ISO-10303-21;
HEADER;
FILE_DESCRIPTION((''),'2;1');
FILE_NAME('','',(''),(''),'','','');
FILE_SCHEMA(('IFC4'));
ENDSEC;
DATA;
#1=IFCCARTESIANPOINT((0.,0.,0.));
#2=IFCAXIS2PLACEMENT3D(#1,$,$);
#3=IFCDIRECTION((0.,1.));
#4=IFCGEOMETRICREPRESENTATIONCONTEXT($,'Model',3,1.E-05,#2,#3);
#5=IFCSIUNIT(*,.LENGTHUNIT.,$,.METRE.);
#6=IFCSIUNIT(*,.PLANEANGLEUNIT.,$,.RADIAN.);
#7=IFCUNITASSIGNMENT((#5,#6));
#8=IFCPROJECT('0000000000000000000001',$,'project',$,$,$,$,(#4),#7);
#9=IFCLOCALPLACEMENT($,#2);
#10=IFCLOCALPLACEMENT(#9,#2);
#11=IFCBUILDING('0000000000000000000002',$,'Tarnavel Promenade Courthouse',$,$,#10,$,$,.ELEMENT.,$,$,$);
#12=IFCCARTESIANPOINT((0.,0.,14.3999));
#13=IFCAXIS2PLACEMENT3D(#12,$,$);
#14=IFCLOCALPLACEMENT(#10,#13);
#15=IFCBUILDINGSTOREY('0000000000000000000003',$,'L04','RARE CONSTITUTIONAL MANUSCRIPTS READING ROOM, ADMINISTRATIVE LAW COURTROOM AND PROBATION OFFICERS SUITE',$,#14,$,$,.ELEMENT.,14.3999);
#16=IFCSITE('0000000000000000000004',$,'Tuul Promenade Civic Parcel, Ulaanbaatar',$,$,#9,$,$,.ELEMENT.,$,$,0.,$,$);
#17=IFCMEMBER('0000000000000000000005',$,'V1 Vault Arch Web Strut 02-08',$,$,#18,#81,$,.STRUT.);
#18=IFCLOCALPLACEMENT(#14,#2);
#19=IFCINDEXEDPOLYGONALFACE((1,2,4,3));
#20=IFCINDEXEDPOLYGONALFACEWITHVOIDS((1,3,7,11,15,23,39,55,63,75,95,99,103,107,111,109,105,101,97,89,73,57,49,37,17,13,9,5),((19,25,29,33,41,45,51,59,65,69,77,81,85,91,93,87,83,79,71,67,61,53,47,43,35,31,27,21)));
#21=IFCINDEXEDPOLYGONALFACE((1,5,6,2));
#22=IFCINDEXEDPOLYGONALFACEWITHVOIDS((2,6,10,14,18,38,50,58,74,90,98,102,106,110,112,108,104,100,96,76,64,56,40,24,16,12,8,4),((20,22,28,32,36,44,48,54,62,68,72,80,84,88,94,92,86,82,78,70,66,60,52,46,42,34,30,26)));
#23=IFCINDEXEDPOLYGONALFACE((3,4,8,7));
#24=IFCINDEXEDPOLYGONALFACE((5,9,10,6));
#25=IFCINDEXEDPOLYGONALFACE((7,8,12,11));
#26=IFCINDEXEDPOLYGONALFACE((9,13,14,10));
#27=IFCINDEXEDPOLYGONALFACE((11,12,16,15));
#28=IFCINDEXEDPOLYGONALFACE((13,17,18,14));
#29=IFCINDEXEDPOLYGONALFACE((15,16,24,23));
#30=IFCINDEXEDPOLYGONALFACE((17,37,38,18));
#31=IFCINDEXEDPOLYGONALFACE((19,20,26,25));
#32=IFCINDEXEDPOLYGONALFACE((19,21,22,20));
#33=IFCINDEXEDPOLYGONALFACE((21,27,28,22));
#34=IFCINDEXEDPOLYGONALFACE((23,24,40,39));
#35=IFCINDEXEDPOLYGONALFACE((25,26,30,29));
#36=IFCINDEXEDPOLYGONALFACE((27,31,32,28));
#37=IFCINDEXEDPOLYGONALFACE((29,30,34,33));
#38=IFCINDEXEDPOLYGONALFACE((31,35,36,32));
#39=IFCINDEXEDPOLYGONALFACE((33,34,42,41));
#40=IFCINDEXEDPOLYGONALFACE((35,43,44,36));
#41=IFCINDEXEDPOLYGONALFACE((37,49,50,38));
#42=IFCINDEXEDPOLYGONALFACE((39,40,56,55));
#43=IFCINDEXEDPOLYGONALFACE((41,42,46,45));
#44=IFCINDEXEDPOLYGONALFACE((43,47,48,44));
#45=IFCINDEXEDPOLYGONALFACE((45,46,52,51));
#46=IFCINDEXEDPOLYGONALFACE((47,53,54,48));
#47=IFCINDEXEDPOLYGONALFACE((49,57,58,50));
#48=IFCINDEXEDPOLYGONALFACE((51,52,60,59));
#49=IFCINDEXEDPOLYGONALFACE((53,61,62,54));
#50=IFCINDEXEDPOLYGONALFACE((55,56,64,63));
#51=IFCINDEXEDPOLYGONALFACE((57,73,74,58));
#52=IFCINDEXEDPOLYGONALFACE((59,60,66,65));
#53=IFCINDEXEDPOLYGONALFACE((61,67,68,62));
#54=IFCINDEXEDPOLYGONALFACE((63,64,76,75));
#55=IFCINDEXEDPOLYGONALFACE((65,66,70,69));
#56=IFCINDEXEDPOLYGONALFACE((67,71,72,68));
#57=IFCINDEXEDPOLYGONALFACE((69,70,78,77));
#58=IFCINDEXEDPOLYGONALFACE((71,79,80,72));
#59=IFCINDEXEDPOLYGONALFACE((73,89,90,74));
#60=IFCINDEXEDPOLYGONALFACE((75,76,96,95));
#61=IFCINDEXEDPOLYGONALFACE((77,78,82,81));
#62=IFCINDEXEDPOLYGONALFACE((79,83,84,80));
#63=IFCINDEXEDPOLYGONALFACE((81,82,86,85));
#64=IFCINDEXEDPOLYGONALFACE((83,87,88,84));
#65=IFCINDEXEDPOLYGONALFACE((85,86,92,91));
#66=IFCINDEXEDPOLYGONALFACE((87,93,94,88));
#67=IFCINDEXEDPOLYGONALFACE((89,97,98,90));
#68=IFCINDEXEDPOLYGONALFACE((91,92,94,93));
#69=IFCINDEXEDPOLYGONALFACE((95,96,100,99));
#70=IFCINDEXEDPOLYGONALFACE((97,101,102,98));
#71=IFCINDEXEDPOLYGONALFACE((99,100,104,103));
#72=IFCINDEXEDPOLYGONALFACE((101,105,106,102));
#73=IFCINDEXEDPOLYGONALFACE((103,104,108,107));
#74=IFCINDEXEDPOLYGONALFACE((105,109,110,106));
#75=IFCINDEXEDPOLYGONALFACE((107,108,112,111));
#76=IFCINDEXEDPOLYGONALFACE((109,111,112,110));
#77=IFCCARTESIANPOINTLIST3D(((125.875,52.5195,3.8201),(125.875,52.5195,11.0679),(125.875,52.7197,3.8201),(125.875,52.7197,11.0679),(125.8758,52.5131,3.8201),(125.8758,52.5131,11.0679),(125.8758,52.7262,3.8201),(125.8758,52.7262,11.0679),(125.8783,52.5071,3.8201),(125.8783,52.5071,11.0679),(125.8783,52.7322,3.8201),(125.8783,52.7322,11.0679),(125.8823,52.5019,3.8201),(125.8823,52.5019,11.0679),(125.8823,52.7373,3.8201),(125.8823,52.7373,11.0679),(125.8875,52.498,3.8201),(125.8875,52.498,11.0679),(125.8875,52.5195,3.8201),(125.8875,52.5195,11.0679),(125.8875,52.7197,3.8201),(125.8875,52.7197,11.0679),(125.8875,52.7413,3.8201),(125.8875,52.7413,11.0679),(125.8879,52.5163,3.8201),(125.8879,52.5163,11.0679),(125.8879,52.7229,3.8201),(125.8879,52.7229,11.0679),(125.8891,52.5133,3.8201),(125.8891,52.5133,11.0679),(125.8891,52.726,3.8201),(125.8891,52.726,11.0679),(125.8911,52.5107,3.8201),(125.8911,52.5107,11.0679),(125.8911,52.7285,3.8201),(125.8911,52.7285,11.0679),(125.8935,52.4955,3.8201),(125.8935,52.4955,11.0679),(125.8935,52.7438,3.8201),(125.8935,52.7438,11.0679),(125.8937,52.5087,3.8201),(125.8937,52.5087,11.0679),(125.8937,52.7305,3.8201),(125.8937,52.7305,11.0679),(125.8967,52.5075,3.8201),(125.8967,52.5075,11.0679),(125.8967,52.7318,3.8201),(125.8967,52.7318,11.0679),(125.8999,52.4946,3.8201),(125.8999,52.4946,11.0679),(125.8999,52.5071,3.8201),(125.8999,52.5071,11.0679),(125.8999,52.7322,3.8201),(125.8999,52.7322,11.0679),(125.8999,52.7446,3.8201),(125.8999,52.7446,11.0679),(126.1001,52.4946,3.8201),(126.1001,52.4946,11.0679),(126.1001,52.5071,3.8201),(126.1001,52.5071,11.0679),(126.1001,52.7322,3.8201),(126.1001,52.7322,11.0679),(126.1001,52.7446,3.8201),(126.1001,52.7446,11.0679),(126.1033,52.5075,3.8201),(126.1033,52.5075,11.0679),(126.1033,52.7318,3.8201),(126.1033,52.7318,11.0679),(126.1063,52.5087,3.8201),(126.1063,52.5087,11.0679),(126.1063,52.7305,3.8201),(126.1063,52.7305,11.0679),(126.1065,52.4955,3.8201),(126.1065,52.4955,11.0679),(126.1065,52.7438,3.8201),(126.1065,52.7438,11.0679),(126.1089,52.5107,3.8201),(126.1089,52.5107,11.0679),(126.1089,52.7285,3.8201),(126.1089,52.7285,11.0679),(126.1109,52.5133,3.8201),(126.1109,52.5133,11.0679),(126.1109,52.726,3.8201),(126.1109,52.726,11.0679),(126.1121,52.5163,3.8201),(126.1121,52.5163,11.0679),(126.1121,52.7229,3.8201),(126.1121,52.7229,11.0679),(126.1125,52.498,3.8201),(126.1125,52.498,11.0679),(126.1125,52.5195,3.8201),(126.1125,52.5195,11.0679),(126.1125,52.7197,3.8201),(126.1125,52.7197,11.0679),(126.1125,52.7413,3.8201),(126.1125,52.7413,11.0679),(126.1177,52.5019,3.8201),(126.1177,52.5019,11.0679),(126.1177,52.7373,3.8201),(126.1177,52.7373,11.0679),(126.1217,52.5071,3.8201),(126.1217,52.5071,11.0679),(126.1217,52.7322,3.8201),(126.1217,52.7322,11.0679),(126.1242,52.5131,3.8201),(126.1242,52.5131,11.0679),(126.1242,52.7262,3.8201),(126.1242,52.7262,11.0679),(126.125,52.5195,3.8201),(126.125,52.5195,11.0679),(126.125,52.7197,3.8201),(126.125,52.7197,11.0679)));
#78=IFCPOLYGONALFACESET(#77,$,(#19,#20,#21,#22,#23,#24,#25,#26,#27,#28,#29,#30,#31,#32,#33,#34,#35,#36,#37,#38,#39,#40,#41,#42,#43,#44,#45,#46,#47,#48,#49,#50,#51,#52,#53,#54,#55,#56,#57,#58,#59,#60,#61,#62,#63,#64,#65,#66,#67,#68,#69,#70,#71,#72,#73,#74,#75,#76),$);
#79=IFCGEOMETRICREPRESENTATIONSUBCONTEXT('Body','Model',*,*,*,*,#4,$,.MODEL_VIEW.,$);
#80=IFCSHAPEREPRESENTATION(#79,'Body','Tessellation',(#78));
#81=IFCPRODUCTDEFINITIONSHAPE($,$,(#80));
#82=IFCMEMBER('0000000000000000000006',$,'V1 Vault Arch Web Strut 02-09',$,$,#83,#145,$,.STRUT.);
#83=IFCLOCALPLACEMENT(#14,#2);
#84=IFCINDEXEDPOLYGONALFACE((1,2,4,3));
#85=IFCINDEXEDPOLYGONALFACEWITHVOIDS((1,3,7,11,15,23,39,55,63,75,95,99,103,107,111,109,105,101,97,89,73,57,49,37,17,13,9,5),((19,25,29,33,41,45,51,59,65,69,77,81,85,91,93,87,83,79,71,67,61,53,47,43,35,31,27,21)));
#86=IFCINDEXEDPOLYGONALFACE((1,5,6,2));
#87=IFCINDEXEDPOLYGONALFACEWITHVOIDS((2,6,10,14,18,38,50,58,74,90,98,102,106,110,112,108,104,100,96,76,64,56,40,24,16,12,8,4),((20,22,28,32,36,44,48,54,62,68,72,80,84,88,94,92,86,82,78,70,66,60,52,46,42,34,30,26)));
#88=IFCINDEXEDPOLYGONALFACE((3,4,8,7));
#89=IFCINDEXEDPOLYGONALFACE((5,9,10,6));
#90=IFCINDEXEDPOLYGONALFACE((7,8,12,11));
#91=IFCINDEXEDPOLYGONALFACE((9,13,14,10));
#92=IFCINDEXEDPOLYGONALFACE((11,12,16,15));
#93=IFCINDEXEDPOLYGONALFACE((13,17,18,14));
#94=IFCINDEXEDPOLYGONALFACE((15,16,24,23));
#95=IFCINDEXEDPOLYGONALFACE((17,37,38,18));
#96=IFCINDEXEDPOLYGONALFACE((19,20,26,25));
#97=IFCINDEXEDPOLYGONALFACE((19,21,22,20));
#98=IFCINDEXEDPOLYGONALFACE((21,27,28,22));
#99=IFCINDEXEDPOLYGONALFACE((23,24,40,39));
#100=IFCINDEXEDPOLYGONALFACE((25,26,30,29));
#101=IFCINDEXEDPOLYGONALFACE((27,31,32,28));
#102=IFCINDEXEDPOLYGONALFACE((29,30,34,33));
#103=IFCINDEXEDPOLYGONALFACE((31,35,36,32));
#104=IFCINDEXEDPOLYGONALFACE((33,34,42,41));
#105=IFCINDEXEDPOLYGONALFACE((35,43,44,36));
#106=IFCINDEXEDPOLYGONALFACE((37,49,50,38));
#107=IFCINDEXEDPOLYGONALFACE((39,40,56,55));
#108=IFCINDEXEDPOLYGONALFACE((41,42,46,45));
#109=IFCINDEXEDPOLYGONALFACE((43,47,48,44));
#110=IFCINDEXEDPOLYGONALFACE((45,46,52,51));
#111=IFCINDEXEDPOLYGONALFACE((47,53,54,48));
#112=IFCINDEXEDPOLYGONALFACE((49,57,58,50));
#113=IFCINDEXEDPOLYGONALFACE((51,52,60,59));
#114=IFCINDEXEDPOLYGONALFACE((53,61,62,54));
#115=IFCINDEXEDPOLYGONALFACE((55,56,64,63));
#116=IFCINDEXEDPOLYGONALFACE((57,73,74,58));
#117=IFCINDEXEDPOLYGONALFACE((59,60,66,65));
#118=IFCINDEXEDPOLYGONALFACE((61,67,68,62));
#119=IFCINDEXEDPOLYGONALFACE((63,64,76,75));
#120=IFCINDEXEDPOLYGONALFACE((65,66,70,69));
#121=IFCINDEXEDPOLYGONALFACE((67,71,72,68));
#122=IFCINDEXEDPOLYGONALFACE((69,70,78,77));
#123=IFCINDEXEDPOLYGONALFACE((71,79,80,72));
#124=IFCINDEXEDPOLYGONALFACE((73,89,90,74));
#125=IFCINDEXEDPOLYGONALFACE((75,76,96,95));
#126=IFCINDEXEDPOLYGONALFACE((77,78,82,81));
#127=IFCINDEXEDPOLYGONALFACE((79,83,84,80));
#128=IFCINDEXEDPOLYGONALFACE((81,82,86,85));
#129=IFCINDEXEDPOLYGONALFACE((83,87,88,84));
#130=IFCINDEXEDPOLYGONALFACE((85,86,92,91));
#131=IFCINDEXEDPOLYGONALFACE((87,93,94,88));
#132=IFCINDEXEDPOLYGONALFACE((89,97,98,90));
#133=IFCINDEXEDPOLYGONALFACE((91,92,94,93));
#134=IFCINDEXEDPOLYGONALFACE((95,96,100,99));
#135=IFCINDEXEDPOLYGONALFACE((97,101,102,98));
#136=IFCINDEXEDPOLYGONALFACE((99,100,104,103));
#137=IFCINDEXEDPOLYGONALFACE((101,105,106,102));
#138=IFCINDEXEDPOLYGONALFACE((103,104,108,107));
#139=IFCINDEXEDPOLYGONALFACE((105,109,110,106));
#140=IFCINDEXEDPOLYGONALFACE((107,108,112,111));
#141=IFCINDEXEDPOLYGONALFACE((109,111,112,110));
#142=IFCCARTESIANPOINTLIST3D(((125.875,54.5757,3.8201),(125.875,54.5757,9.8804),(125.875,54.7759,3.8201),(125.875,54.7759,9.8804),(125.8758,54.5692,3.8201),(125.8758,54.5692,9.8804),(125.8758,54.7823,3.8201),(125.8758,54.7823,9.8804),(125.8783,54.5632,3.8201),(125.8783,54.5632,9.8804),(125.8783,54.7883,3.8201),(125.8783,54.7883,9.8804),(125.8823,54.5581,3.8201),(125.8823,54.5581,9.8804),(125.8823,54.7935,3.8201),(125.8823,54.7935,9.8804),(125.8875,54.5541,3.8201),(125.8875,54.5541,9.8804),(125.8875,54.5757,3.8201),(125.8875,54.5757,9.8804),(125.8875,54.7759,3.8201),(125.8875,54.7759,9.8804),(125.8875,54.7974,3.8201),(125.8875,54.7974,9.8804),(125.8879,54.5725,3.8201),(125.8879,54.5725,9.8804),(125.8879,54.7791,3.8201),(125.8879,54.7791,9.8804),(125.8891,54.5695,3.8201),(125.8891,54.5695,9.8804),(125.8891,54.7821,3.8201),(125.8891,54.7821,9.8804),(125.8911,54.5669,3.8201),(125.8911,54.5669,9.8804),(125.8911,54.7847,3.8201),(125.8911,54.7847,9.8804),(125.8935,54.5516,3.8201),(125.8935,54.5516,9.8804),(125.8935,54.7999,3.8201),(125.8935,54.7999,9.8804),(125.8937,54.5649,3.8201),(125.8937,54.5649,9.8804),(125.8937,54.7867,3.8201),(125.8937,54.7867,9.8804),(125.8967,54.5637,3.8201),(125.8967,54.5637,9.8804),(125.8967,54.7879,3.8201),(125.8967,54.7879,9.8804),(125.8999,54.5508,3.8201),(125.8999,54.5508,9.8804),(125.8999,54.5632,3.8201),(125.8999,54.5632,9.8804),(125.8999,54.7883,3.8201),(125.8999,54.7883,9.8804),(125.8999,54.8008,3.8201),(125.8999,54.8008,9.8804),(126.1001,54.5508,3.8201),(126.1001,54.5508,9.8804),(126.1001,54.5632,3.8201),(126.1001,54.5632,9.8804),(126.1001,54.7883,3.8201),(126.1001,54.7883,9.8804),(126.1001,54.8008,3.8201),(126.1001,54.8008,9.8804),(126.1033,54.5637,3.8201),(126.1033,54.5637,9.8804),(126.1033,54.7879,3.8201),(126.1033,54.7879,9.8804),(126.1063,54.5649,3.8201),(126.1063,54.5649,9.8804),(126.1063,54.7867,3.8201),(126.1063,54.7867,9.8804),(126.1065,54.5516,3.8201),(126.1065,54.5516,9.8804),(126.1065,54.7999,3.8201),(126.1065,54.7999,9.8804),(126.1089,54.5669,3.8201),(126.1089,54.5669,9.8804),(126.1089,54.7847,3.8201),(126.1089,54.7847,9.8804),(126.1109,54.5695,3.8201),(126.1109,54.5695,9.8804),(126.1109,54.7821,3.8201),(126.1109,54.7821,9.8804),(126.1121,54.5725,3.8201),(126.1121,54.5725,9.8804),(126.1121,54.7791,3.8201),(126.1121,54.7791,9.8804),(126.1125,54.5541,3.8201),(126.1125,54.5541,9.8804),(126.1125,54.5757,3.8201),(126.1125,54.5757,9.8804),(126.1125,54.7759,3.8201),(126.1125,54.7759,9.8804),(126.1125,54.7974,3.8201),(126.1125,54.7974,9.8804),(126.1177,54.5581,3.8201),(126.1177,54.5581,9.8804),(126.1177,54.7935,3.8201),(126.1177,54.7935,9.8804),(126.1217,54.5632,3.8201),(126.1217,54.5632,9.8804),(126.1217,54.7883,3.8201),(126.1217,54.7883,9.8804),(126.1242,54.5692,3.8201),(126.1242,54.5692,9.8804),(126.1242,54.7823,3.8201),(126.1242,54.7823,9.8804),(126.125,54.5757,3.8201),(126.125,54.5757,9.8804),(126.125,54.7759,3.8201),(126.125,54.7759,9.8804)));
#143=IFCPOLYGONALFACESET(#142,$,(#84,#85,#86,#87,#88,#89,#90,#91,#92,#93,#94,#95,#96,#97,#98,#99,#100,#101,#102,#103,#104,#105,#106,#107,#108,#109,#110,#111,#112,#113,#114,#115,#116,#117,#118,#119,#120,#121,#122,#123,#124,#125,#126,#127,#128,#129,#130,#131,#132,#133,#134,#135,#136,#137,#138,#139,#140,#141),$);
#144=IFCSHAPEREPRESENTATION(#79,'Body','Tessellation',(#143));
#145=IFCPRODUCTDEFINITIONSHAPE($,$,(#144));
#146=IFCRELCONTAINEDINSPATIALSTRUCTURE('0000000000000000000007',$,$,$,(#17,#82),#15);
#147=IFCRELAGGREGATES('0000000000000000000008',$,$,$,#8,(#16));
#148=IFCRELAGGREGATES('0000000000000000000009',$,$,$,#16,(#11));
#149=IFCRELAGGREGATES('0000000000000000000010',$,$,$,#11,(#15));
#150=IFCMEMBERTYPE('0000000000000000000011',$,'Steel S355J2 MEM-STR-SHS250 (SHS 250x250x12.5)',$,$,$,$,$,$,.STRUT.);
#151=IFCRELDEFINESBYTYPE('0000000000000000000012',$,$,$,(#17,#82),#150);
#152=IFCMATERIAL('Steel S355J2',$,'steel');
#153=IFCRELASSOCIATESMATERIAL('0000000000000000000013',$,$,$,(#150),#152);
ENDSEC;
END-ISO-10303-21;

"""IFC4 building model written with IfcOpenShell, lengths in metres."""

from ifc_helpers import new_model, si_unit, direction, frame, origin, origin_2d, place, context, subcontext, project, spatial, hollow_rectangle, extrude, material, material_profile, profile_set, type_object, element, save


model = new_model("IFC4")

# Units and contexts
model_context = context("Model", 3, precision=1e-05, world=origin(), true_north=direction((0.0, 1.0)))
body_context = subcontext(model_context, "Body", "Model", "MODEL_VIEW")
ifc_project = project(units=[si_unit("LENGTHUNIT", "METRE"), si_unit("PLANEANGLEUNIT", "RADIAN")], contexts=[model_context])

# Site, building, storey
site_placement = place(None, origin())
site = spatial("IfcSite", under=ifc_project, at=site_placement, Name="Tuul Promenade Civic Parcel, Ulaanbaatar", CompositionType="ELEMENT", RefElevation=0.0)
building_placement = place(site_placement, origin())
building = spatial("IfcBuilding", under=site, at=building_placement, Name="Tarnavel Promenade Courthouse", CompositionType="ELEMENT")
storey_placement = place(building_placement, frame((0.0, 0.0, 14.3999)))
storey = spatial("IfcBuildingStorey", under=building, at=storey_placement, Name="L04", Description="RARE CONSTITUTIONAL MANUSCRIPTS READING ROOM, ADMINISTRATIVE LAW COURTROOM AND PROBATION OFFICERS SUITE", CompositionType="ELEMENT", Elevation=14.3999)

# Shared definitions
ifc_material_1 = material(Name="Steel S355J2", Category="steel")

# Members
ifc_material_profile_1 = material_profile(ifc_material_1, hollow_rectangle(XDim=0.25, YDim=0.25, WallThickness=0.0125, InnerFilletRadius=0.0125, OuterFilletRadius=0.0249, at=origin_2d()), Name="SHS 250x250x12.5")
ifc_profile_set_1 = profile_set([ifc_material_profile_1], Name="Steel S355J2")
member_type_1 = type_object("IfcMemberType", Name="Steel S355J2 MEM-STR-SHS250 (SHS 250x250x12.5)", PredefinedType="STRUT", material=ifc_profile_set_1)
member_1_placement = place(storey_placement, frame((126.0, 52.6196, 3.8201), z_axis=(0.0, 0.0, 1.0), x_axis=(1.0, 0.0, 0.0)))
element("IfcMember", 1, at=member_1_placement, inside=storey, type_object=member_type_1, Name="V1 Vault Arch Web Strut 02-08", PredefinedType="STRUT", context=body_context, shape_type="SweptSolid", body=[
    extrude(hollow_rectangle(XDim=0.25, YDim=0.25, WallThickness=0.0125, InnerFilletRadius=0.0125, OuterFilletRadius=0.0249, at=origin_2d()), origin(), (0.0, 0.0, 1.0), 7.2478),
])
member_2_placement = place(storey_placement, frame((126.0, 54.6758, 3.8201), z_axis=(0.0, 0.0, 1.0), x_axis=(1.0, 0.0, 0.0)))
element("IfcMember", 2, at=member_2_placement, inside=storey, type_object=member_type_1, Name="V1 Vault Arch Web Strut 02-09", PredefinedType="STRUT", context=body_context, shape_type="SweptSolid", body=[
    extrude(hollow_rectangle(XDim=0.25, YDim=0.25, WallThickness=0.0125, InnerFilletRadius=0.0125, OuterFilletRadius=0.0249, at=origin_2d()), origin(), (0.0, 0.0, 1.0), 6.0603),
])

save(model, "model.ifc")
